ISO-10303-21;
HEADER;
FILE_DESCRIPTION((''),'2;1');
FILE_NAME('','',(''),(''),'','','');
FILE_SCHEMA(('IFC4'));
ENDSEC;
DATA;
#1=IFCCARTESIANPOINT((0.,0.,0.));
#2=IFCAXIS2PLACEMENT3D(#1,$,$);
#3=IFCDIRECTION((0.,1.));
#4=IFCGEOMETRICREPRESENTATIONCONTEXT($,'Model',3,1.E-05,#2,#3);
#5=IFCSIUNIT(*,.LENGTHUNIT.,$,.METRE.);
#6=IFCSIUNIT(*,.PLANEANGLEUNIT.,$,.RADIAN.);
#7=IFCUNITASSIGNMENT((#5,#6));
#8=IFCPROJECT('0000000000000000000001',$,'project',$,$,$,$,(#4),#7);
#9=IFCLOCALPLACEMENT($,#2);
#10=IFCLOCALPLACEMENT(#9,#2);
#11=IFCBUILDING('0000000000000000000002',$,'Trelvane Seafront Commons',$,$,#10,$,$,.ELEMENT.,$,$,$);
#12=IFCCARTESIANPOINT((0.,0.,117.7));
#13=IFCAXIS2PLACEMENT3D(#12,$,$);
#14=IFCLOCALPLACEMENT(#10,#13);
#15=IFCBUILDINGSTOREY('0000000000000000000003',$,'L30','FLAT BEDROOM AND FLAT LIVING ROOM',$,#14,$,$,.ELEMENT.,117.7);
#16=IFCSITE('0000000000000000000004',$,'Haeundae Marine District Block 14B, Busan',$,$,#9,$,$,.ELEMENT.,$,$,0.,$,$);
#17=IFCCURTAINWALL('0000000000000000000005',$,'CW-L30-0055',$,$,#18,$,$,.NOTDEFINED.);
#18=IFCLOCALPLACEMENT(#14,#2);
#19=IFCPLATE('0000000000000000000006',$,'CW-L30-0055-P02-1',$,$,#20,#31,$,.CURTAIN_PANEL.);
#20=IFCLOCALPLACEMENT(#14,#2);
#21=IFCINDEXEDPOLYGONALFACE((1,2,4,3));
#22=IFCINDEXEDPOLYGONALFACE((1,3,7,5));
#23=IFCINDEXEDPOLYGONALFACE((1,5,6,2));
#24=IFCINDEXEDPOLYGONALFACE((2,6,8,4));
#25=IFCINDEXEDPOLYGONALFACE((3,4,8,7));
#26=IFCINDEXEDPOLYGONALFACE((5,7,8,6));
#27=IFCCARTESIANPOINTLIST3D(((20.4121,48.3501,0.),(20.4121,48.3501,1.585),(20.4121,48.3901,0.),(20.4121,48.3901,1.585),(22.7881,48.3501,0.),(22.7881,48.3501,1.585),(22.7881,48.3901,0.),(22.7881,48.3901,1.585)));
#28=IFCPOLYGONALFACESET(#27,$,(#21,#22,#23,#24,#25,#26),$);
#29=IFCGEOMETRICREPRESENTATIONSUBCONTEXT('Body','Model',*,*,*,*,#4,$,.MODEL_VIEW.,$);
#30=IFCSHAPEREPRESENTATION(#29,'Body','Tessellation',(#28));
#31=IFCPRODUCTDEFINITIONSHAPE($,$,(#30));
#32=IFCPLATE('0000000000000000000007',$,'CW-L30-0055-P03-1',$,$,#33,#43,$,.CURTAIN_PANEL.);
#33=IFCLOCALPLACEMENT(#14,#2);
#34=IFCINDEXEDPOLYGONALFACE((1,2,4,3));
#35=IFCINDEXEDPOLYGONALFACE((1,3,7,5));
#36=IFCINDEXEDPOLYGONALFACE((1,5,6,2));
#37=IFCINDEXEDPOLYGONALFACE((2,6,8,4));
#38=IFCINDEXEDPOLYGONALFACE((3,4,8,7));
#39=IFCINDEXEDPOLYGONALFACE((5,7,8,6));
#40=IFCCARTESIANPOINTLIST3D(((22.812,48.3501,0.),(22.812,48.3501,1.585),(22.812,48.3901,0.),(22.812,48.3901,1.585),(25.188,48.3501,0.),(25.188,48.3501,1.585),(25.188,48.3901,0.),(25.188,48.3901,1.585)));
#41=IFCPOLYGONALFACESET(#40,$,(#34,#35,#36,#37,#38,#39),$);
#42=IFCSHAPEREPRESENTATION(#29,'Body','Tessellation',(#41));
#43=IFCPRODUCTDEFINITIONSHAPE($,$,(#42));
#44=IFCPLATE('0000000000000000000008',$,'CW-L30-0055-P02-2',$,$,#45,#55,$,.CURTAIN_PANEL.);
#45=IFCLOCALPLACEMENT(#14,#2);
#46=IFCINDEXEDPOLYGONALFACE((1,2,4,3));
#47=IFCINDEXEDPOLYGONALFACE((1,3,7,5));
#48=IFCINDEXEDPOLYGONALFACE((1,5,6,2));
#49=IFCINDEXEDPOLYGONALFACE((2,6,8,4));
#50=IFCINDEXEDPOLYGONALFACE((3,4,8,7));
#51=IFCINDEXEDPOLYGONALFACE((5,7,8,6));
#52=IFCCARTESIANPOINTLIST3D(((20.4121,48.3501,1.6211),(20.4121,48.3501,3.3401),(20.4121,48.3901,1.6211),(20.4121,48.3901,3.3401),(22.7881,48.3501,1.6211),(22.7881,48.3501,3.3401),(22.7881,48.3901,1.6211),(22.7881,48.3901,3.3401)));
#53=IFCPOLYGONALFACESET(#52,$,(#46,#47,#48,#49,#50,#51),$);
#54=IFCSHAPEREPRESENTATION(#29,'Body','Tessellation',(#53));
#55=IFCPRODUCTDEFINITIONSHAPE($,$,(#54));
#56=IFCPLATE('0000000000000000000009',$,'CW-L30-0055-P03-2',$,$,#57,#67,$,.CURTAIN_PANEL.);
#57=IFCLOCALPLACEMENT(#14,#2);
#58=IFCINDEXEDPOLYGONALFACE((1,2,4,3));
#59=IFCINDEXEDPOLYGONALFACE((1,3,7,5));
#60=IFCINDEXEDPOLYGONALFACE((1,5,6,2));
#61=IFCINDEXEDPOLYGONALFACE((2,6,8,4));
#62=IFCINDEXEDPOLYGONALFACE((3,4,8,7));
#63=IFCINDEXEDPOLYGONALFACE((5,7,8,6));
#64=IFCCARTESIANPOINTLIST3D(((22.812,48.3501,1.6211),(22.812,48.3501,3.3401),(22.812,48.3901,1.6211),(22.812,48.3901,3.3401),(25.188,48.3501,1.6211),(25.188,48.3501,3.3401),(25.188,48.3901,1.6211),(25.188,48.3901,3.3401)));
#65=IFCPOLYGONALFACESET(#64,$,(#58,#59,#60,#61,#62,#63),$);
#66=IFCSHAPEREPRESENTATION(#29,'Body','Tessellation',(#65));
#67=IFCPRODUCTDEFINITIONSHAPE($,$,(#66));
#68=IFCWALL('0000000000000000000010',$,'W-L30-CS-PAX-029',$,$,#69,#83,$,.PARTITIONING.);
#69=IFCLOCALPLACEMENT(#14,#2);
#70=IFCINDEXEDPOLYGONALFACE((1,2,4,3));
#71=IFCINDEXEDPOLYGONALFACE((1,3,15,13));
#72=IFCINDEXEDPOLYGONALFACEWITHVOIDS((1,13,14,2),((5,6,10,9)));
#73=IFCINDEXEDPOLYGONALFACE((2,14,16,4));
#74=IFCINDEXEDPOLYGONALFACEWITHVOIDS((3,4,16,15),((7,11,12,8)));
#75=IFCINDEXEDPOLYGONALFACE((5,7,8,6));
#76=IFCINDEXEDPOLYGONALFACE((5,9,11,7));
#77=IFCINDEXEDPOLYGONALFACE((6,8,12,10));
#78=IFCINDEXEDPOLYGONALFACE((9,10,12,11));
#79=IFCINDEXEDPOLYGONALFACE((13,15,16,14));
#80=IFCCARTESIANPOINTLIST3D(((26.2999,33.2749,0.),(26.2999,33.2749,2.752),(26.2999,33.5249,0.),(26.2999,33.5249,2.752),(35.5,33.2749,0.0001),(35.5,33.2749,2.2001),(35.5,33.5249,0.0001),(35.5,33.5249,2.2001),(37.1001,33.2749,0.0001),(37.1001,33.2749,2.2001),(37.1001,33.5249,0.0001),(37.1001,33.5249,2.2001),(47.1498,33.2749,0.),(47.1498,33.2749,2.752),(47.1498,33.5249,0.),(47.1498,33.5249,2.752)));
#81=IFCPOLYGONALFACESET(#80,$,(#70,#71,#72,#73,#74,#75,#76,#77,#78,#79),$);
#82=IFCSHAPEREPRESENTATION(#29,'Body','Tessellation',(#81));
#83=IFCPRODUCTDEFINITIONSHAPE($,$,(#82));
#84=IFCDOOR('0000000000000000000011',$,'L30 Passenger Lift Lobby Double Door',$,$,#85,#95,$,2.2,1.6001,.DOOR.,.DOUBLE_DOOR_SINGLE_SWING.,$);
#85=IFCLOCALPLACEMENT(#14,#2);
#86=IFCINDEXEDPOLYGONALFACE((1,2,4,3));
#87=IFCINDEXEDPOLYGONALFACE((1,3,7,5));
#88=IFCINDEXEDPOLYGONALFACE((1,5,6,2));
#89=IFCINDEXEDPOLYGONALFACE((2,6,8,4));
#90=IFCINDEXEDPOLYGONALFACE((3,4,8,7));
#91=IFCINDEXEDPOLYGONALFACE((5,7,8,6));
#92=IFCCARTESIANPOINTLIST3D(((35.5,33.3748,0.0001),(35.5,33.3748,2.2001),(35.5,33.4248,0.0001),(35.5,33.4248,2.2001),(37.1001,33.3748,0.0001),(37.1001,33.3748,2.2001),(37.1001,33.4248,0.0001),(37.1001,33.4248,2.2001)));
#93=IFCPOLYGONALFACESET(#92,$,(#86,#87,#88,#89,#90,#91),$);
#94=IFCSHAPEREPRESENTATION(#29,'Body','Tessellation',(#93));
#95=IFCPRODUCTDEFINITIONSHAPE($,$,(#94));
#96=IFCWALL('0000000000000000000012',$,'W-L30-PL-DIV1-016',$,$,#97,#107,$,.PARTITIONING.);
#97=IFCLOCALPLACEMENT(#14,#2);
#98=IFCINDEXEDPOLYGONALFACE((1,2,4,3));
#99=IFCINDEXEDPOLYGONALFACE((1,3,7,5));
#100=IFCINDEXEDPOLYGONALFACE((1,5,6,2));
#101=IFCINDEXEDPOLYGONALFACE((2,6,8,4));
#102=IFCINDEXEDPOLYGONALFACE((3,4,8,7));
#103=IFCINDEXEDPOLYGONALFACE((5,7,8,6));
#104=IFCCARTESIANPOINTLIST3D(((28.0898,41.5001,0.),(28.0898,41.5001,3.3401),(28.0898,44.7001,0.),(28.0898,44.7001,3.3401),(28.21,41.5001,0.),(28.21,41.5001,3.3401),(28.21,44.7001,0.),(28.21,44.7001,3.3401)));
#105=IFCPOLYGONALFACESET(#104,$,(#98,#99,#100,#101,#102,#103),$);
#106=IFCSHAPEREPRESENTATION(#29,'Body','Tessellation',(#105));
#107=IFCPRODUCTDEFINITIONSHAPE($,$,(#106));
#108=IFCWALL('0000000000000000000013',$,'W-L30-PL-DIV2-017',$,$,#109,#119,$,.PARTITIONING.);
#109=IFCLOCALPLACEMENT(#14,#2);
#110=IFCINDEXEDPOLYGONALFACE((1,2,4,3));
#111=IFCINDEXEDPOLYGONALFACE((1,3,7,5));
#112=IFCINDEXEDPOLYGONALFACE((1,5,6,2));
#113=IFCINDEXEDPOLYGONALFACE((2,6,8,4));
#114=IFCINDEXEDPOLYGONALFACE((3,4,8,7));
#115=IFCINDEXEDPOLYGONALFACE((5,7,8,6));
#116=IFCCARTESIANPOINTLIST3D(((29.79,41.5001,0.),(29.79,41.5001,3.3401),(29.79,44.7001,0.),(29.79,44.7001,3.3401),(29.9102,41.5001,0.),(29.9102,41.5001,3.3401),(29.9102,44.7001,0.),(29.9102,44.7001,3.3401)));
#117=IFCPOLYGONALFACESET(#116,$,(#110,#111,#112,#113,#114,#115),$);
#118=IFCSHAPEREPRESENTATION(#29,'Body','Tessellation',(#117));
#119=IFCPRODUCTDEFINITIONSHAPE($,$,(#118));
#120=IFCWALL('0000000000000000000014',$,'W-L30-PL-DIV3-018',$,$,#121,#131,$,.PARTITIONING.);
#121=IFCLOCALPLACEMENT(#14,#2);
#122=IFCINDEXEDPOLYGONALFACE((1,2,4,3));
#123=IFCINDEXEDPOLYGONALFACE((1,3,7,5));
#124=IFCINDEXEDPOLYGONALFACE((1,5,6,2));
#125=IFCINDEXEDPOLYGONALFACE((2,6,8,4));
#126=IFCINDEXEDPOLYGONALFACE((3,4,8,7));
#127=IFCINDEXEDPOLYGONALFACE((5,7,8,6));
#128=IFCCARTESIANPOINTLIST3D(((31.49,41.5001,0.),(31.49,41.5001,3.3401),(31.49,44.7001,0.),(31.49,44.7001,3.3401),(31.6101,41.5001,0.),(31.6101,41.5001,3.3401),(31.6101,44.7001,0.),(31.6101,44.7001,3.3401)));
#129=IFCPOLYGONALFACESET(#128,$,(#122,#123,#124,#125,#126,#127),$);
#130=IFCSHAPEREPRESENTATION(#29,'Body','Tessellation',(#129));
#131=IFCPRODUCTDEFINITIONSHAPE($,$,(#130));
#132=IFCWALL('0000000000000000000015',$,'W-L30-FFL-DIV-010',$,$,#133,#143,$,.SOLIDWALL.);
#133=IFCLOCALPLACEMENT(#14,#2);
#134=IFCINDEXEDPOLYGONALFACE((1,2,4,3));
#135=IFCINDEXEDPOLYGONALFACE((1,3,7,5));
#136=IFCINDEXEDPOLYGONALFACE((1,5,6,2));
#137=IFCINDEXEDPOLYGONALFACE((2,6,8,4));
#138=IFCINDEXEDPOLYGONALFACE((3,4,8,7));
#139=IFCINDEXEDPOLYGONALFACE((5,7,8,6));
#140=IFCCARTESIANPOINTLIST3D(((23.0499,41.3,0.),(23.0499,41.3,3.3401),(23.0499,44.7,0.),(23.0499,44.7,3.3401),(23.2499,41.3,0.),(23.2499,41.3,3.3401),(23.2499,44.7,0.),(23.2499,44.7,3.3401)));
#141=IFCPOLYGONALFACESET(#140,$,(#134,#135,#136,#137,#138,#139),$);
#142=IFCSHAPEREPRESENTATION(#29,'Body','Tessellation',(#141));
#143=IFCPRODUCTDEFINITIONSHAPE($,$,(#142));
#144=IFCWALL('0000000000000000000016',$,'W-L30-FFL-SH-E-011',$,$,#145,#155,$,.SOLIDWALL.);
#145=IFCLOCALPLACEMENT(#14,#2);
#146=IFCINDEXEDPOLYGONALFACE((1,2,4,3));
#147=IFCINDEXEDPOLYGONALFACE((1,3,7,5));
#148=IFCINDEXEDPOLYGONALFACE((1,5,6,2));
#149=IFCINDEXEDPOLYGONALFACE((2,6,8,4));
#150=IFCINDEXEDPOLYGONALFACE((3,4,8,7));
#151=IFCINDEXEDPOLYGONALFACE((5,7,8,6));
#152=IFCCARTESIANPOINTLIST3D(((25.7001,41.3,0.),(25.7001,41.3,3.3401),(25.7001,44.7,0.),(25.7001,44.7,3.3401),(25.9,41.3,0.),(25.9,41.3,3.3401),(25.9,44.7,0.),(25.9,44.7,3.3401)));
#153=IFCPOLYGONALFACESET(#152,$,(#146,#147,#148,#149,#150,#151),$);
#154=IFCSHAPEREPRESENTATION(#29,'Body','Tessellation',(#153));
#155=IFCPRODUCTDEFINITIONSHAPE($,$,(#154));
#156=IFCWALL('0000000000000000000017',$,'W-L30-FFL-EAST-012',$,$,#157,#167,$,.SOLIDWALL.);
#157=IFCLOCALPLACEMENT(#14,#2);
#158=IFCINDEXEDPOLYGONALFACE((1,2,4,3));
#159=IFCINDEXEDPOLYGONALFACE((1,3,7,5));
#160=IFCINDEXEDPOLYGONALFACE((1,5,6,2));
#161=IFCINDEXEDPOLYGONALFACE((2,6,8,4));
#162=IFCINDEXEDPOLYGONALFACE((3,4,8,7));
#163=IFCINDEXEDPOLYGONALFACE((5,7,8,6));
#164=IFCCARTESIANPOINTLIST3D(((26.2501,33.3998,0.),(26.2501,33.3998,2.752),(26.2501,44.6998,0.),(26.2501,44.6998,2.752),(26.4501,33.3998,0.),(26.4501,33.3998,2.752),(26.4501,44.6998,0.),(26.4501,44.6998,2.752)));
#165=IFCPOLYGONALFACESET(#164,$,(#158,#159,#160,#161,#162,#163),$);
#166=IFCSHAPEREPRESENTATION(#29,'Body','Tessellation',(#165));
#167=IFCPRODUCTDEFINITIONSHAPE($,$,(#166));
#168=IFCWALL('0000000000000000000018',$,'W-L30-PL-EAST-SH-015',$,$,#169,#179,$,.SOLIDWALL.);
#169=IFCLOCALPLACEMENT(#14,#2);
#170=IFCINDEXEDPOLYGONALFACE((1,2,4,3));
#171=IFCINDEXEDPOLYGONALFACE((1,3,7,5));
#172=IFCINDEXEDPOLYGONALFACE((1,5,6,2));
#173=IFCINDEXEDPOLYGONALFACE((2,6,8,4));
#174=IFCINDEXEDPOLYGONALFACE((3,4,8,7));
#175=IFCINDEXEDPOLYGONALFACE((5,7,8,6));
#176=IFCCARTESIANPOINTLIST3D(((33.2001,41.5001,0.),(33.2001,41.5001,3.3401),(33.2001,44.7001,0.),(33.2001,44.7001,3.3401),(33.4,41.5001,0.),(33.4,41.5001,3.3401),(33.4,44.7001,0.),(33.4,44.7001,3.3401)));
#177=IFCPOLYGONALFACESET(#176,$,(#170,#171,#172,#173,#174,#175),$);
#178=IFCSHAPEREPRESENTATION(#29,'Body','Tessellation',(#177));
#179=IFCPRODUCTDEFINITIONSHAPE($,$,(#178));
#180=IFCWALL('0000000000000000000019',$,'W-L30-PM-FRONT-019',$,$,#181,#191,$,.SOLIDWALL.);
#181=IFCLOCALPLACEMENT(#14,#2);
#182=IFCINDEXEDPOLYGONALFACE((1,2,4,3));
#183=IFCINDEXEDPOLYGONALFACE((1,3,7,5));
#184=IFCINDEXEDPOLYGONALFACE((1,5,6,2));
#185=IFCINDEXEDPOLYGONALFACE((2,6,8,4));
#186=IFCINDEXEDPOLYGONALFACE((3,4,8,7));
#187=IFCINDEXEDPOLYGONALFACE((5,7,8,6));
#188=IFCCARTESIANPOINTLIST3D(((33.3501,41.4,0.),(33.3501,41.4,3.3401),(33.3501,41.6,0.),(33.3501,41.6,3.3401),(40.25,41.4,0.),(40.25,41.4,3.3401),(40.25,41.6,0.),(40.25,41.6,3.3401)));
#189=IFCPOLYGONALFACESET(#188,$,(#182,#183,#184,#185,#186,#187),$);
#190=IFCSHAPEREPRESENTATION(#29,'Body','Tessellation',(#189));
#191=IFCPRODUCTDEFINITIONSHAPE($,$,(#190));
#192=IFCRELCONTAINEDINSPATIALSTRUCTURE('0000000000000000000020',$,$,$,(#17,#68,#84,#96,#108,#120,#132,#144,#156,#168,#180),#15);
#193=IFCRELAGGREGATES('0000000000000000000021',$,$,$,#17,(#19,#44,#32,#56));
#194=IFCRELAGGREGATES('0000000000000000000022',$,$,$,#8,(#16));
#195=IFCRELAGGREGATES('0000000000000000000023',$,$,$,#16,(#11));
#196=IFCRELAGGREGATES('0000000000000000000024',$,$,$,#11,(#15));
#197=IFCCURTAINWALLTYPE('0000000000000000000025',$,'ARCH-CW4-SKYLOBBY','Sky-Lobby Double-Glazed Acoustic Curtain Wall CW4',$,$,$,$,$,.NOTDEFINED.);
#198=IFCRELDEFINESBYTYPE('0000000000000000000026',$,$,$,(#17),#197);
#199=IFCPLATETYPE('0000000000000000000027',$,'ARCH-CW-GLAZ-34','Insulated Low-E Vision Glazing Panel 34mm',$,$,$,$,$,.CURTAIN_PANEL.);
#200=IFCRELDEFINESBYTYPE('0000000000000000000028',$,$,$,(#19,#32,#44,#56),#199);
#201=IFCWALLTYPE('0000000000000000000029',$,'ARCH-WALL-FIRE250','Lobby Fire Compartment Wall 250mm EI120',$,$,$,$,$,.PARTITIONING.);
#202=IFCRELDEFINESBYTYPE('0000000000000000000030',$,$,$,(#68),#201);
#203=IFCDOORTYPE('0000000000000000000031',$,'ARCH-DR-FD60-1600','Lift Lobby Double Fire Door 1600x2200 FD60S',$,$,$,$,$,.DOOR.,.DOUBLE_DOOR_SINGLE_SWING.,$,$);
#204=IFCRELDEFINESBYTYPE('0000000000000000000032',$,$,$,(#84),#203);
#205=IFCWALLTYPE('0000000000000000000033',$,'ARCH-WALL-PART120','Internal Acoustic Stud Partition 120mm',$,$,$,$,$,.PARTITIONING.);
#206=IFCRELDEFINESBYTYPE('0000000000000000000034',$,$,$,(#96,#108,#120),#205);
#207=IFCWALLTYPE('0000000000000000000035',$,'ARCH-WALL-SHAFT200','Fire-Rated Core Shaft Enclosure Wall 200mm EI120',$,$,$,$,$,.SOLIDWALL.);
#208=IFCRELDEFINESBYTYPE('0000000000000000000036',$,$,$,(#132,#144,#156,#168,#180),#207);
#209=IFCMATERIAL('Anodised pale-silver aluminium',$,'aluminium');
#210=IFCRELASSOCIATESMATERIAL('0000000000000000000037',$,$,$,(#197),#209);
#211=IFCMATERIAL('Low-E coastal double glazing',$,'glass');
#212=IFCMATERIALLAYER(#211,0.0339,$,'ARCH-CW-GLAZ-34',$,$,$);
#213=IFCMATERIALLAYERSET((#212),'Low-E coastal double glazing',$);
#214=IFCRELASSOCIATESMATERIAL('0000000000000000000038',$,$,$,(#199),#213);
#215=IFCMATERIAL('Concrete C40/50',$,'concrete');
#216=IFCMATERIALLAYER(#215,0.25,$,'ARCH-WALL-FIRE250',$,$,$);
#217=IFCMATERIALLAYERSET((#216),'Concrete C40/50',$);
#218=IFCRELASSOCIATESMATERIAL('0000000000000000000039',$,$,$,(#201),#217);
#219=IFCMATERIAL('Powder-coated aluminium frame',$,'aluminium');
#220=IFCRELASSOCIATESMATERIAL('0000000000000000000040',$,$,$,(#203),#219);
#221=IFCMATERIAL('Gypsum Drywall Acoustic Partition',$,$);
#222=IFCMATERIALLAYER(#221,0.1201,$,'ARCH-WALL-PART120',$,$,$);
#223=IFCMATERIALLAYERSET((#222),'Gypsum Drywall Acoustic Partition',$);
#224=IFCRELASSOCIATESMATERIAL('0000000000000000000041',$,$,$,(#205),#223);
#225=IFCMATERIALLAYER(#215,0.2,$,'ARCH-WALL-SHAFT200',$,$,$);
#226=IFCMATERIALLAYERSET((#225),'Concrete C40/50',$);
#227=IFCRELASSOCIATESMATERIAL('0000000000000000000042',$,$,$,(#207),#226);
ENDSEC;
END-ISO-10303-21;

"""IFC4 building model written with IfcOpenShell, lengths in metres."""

from ifc_helpers import new_model, si_unit, direction, frame, frame_2d, origin, origin_2d, place, context, subcontext, project, spatial, rectangle, extrude, source, transform, mapped, material, layer, layer_set, type_object, element, fill, aggregate, save


model = new_model("IFC4")

# Units and contexts
model_context = context("Model", 3, precision=1e-05, world=origin(), true_north=direction((0.0, 1.0)))
body_context = subcontext(model_context, "Body", "Model", "MODEL_VIEW")
ifc_project = project(units=[si_unit("LENGTHUNIT", "METRE"), si_unit("PLANEANGLEUNIT", "RADIAN")], contexts=[model_context])

# Site, building, storey
site_placement = place(None, origin())
site = spatial("IfcSite", under=ifc_project, at=site_placement, Name="Haeundae Marine District Block 14B, Busan", CompositionType="ELEMENT", RefElevation=0.0)
building_placement = place(site_placement, origin())
building = spatial("IfcBuilding", under=site, at=building_placement, Name="Trelvane Seafront Commons", CompositionType="ELEMENT")
storey_placement = place(building_placement, frame((0.0, 0.0, 117.7)))
storey = spatial("IfcBuildingStorey", under=building, at=storey_placement, Name="L30", Description="FLAT BEDROOM AND FLAT LIVING ROOM", CompositionType="ELEMENT", Elevation=117.7)

# Curtain wall, plates
ifc_material_1 = material(Name="Anodised pale-silver aluminium", Category="aluminium")
curtain_wall_type = type_object("IfcCurtainWallType", Name="ARCH-CW4-SKYLOBBY", Description="Sky-Lobby Double-Glazed Acoustic Curtain Wall CW4", PredefinedType="NOTDEFINED", material=ifc_material_1)
curtain_wall_placement = place(storey_placement, origin())
curtain_wall = element("IfcCurtainWall", 1, at=curtain_wall_placement, inside=storey, type_object=curtain_wall_type, Name="CW-L30-0055", PredefinedType="NOTDEFINED")
ifc_material_2 = material(Name="Low-E coastal double glazing", Category="glass")
ifc_layer_1 = layer(ifc_material_2, 0.0339, Name="ARCH-CW-GLAZ-34")
ifc_layer_set_1 = layer_set([ifc_layer_1], Name="Low-E coastal double glazing")
plate_type = type_object("IfcPlateType", Name="ARCH-CW-GLAZ-34", Description="Insulated Low-E Vision Glazing Panel 34mm", PredefinedType="CURTAIN_PANEL", material=ifc_layer_set_1)
shared_shape_1 = source(origin(), body_context, "Body", "SweptSolid", [
    extrude(rectangle(XDim=2.376, YDim=0.04, at=origin_2d()), origin(), (0.0, 0.0, 1.0), 1.585),
])
plate_1_placement = place(storey_placement, frame((21.6001, 48.3701, 0.0), z_axis=(0.0, 0.0, 1.0), x_axis=(1.0, 0.0, 0.0)))
plate_1 = element("IfcPlate", 2, at=plate_1_placement, type_object=plate_type, Name="CW-L30-0055-P02-1", PredefinedType="CURTAIN_PANEL", context=body_context, shape_type="MappedRepresentation", body=[
    mapped(shared_shape_1, transform((0.0, 0.0, 0.0), x_axis=(1.0, 0.0, 0.0), y_axis=(0.0, 1.0, 0.0), z_axis=(0.0, 0.0, 1.0), scale=1.0)),
])
plate_2_placement = place(storey_placement, frame((24.0, 48.3701, 0.0), z_axis=(0.0, 0.0, 1.0), x_axis=(1.0, 0.0, 0.0)))
plate_2 = element("IfcPlate", 3, at=plate_2_placement, type_object=plate_type, Name="CW-L30-0055-P03-1", PredefinedType="CURTAIN_PANEL", context=body_context, shape_type="MappedRepresentation", body=[
    mapped(shared_shape_1, transform((0.0, 0.0, 0.0), x_axis=(1.0, 0.0, 0.0), y_axis=(0.0, 1.0, 0.0), z_axis=(0.0, 0.0, 1.0), scale=1.0)),
])
shared_shape_2 = source(origin(), body_context, "Body", "SweptSolid", [
    extrude(rectangle(XDim=2.376, YDim=0.04, at=origin_2d()), origin(), (0.0, 0.0, 1.0), 1.719),
])
plate_3_placement = place(storey_placement, frame((21.6001, 48.3701, 1.6211), z_axis=(0.0, 0.0, 1.0), x_axis=(1.0, 0.0, 0.0)))
plate_3 = element("IfcPlate", 4, at=plate_3_placement, type_object=plate_type, Name="CW-L30-0055-P02-2", PredefinedType="CURTAIN_PANEL", context=body_context, shape_type="MappedRepresentation", body=[
    mapped(shared_shape_2, transform((0.0, 0.0, 0.0), x_axis=(1.0, 0.0, 0.0), y_axis=(0.0, 1.0, 0.0), z_axis=(0.0, 0.0, 1.0), scale=1.0)),
])
plate_4_placement = place(storey_placement, frame((24.0, 48.3701, 1.6211), z_axis=(0.0, 0.0, 1.0), x_axis=(1.0, 0.0, 0.0)))
plate_4 = element("IfcPlate", 5, at=plate_4_placement, type_object=plate_type, Name="CW-L30-0055-P03-2", PredefinedType="CURTAIN_PANEL", context=body_context, shape_type="MappedRepresentation", body=[
    mapped(shared_shape_2, transform((0.0, 0.0, 0.0), x_axis=(1.0, 0.0, 0.0), y_axis=(0.0, 1.0, 0.0), z_axis=(0.0, 0.0, 1.0), scale=1.0)),
])
aggregate(curtain_wall, [plate_1, plate_3, plate_2, plate_4])

# Wall, opening, door
ifc_material_3 = material(Name="Concrete C40/50", Category="concrete")
ifc_layer_2 = layer(ifc_material_3, 0.25, Name="ARCH-WALL-FIRE250")
ifc_layer_set_2 = layer_set([ifc_layer_2], Name="Concrete C40/50")
wall_type_1 = type_object("IfcWallType", Name="ARCH-WALL-FIRE250", Description="Lobby Fire Compartment Wall 250mm EI120", PredefinedType="PARTITIONING", material=ifc_layer_set_2)
wall_1_placement = place(storey_placement, frame((26.3, 33.3999, 0.0), z_axis=(0.0, 0.0, 1.0), x_axis=(1.0, 0.0, 0.0)))
wall_1 = element("IfcWall", 6, at=wall_1_placement, inside=storey, type_object=wall_type_1, Name="W-L30-CS-PAX-029", PredefinedType="PARTITIONING", context=body_context, shape_type="SweptSolid", body=[
    extrude(rectangle(XDim=20.8499, YDim=0.25, at=frame_2d((10.4248, 0.0))), origin(), (0.0, 0.0, 1.0), 2.752),
])
opening_1_placement = place(wall_1_placement, frame((9.2, 0.0, 0.0)))
opening_1 = element("IfcOpeningElement", 7, at=opening_1_placement, cuts=wall_1, PredefinedType="OPENING", context=body_context, shape_type="SweptSolid", body=[
    extrude(rectangle(XDim=1.6001, YDim=2.2, at=frame_2d((0.8, 1.1001))), frame((0.0, 0.135, 0.0), z_axis=(0.0, -1.0, 0.0), x_axis=(1.0, 0.0, 0.0)), (0.0, 0.0, 1.0), 0.27),
])
ifc_material_4 = material(Name="Powder-coated aluminium frame", Category="aluminium")
door_type_1 = type_object("IfcDoorType", Name="ARCH-DR-FD60-1600", Description="Lift Lobby Double Fire Door 1600x2200 FD60S", OperationType="DOUBLE_DOOR_SINGLE_SWING", PredefinedType="DOOR", material=ifc_material_4)
shared_shape_3 = source(origin(), body_context, "Body", "SweptSolid", [
    extrude(rectangle(XDim=1.6001, YDim=2.2, at=frame_2d((0.8, 1.1001))), frame((0.0, 0.0249, 0.0), z_axis=(0.0, -1.0, 0.0), x_axis=(1.0, 0.0, 0.0)), (0.0, 0.0, 1.0), 0.05),
])
door_1_placement = place(opening_1_placement, origin())
door_1 = element("IfcDoor", 8, at=door_1_placement, inside=storey, type_object=door_type_1, Name="L30 Passenger Lift Lobby Double Door", OperationType="DOUBLE_DOOR_SINGLE_SWING", OverallHeight=2.2, OverallWidth=1.6001, PredefinedType="DOOR", context=body_context, shape_type="MappedRepresentation", body=[
    mapped(shared_shape_3, transform((0.0, 0.0, 0.0), x_axis=(1.0, 0.0, 0.0), y_axis=(0.0, 1.0, 0.0), z_axis=(0.0, 0.0, 1.0), scale=1.0)),
])
fill(opening_1, door_1)

# Walls
ifc_material_5 = material(Name="Gypsum Drywall Acoustic Partition")
ifc_layer_3 = layer(ifc_material_5, 0.1201, Name="ARCH-WALL-PART120")
ifc_layer_set_3 = layer_set([ifc_layer_3], Name="Gypsum Drywall Acoustic Partition")
wall_type_2 = type_object("IfcWallType", Name="ARCH-WALL-PART120", Description="Internal Acoustic Stud Partition 120mm", PredefinedType="PARTITIONING", material=ifc_layer_set_3)
for number, where, z_axis, x_axis, name in (
    (9, (28.1499, 41.5, 0.0), (0.0, 0.0, 1.0), (0.0, 1.0, 0.0), "W-L30-PL-DIV1-016"),
    (10, (29.8501, 41.5, 0.0), (0.0, 0.0, 1.0), (0.0, 1.0, 0.0), "W-L30-PL-DIV2-017"),
    (11, (31.55, 41.5, 0.0), (0.0, 0.0, 1.0), (0.0, 1.0, 0.0), "W-L30-PL-DIV3-018"),
):
    element("IfcWall", number, at=place(storey_placement, frame(where, z_axis=z_axis, x_axis=x_axis)), inside=storey, type_object=wall_type_2, Name=name, PredefinedType="PARTITIONING", context=body_context, shape_type="SweptSolid", body=[
        extrude(rectangle(XDim=3.2, YDim=0.1201, at=frame_2d((1.6001, 0.0))), origin(), (0.0, 0.0, 1.0), 3.3401),
    ])
ifc_layer_4 = layer(ifc_material_3, 0.2, Name="ARCH-WALL-SHAFT200")
ifc_layer_set_4 = layer_set([ifc_layer_4], Name="Concrete C40/50")
wall_type_3 = type_object("IfcWallType", Name="ARCH-WALL-SHAFT200", Description="Fire-Rated Core Shaft Enclosure Wall 200mm EI120", PredefinedType="SOLIDWALL", material=ifc_layer_set_4)
for number, where, z_axis, x_axis, name in (
    (12, (23.1499, 41.3, 0.0), (0.0, 0.0, 1.0), (0.0, 1.0, 0.0), "W-L30-FFL-DIV-010"),
    (13, (25.8, 41.3, 0.0), (0.0, 0.0, 1.0), (0.0, 1.0, 0.0), "W-L30-FFL-SH-E-011"),
):
    element("IfcWall", number, at=place(storey_placement, frame(where, z_axis=z_axis, x_axis=x_axis)), inside=storey, type_object=wall_type_3, Name=name, PredefinedType="SOLIDWALL", context=body_context, shape_type="SweptSolid", body=[
        extrude(rectangle(XDim=3.3999, YDim=0.2, at=frame_2d((1.7, 0.0))), origin(), (0.0, 0.0, 1.0), 3.3401),
    ])
wall_2_placement = place(storey_placement, frame((26.3501, 33.3999, 0.0), z_axis=(0.0, 0.0, 1.0), x_axis=(0.0, 1.0, 0.0)))
element("IfcWall", 14, at=wall_2_placement, inside=storey, type_object=wall_type_3, Name="W-L30-FFL-EAST-012", PredefinedType="SOLIDWALL", context=body_context, shape_type="SweptSolid", body=[
    extrude(rectangle(XDim=11.3, YDim=0.2, at=frame_2d((5.6499, 0.0))), origin(), (0.0, 0.0, 1.0), 2.752),
])

# Walls
wall_3_placement = place(storey_placement, frame((33.3, 41.5, 0.0), z_axis=(0.0, 0.0, 1.0), x_axis=(0.0, 1.0, 0.0)))
element("IfcWall", 15, at=wall_3_placement, inside=storey, type_object=wall_type_3, Name="W-L30-PL-EAST-SH-015", PredefinedType="SOLIDWALL", context=body_context, shape_type="SweptSolid", body=[
    extrude(rectangle(XDim=3.2, YDim=0.2, at=frame_2d((1.6001, 0.0))), origin(), (0.0, 0.0, 1.0), 3.3401),
])
wall_4_placement = place(storey_placement, frame((33.3501, 41.5, 0.0), z_axis=(0.0, 0.0, 1.0), x_axis=(1.0, 0.0, 0.0)))
element("IfcWall", 16, at=wall_4_placement, inside=storey, type_object=wall_type_3, Name="W-L30-PM-FRONT-019", PredefinedType="SOLIDWALL", context=body_context, shape_type="SweptSolid", body=[
    extrude(rectangle(XDim=6.8999, YDim=0.2, at=frame_2d((3.45, 0.0))), origin(), (0.0, 0.0, 1.0), 3.3401),
])

save(model, "model.ifc")
